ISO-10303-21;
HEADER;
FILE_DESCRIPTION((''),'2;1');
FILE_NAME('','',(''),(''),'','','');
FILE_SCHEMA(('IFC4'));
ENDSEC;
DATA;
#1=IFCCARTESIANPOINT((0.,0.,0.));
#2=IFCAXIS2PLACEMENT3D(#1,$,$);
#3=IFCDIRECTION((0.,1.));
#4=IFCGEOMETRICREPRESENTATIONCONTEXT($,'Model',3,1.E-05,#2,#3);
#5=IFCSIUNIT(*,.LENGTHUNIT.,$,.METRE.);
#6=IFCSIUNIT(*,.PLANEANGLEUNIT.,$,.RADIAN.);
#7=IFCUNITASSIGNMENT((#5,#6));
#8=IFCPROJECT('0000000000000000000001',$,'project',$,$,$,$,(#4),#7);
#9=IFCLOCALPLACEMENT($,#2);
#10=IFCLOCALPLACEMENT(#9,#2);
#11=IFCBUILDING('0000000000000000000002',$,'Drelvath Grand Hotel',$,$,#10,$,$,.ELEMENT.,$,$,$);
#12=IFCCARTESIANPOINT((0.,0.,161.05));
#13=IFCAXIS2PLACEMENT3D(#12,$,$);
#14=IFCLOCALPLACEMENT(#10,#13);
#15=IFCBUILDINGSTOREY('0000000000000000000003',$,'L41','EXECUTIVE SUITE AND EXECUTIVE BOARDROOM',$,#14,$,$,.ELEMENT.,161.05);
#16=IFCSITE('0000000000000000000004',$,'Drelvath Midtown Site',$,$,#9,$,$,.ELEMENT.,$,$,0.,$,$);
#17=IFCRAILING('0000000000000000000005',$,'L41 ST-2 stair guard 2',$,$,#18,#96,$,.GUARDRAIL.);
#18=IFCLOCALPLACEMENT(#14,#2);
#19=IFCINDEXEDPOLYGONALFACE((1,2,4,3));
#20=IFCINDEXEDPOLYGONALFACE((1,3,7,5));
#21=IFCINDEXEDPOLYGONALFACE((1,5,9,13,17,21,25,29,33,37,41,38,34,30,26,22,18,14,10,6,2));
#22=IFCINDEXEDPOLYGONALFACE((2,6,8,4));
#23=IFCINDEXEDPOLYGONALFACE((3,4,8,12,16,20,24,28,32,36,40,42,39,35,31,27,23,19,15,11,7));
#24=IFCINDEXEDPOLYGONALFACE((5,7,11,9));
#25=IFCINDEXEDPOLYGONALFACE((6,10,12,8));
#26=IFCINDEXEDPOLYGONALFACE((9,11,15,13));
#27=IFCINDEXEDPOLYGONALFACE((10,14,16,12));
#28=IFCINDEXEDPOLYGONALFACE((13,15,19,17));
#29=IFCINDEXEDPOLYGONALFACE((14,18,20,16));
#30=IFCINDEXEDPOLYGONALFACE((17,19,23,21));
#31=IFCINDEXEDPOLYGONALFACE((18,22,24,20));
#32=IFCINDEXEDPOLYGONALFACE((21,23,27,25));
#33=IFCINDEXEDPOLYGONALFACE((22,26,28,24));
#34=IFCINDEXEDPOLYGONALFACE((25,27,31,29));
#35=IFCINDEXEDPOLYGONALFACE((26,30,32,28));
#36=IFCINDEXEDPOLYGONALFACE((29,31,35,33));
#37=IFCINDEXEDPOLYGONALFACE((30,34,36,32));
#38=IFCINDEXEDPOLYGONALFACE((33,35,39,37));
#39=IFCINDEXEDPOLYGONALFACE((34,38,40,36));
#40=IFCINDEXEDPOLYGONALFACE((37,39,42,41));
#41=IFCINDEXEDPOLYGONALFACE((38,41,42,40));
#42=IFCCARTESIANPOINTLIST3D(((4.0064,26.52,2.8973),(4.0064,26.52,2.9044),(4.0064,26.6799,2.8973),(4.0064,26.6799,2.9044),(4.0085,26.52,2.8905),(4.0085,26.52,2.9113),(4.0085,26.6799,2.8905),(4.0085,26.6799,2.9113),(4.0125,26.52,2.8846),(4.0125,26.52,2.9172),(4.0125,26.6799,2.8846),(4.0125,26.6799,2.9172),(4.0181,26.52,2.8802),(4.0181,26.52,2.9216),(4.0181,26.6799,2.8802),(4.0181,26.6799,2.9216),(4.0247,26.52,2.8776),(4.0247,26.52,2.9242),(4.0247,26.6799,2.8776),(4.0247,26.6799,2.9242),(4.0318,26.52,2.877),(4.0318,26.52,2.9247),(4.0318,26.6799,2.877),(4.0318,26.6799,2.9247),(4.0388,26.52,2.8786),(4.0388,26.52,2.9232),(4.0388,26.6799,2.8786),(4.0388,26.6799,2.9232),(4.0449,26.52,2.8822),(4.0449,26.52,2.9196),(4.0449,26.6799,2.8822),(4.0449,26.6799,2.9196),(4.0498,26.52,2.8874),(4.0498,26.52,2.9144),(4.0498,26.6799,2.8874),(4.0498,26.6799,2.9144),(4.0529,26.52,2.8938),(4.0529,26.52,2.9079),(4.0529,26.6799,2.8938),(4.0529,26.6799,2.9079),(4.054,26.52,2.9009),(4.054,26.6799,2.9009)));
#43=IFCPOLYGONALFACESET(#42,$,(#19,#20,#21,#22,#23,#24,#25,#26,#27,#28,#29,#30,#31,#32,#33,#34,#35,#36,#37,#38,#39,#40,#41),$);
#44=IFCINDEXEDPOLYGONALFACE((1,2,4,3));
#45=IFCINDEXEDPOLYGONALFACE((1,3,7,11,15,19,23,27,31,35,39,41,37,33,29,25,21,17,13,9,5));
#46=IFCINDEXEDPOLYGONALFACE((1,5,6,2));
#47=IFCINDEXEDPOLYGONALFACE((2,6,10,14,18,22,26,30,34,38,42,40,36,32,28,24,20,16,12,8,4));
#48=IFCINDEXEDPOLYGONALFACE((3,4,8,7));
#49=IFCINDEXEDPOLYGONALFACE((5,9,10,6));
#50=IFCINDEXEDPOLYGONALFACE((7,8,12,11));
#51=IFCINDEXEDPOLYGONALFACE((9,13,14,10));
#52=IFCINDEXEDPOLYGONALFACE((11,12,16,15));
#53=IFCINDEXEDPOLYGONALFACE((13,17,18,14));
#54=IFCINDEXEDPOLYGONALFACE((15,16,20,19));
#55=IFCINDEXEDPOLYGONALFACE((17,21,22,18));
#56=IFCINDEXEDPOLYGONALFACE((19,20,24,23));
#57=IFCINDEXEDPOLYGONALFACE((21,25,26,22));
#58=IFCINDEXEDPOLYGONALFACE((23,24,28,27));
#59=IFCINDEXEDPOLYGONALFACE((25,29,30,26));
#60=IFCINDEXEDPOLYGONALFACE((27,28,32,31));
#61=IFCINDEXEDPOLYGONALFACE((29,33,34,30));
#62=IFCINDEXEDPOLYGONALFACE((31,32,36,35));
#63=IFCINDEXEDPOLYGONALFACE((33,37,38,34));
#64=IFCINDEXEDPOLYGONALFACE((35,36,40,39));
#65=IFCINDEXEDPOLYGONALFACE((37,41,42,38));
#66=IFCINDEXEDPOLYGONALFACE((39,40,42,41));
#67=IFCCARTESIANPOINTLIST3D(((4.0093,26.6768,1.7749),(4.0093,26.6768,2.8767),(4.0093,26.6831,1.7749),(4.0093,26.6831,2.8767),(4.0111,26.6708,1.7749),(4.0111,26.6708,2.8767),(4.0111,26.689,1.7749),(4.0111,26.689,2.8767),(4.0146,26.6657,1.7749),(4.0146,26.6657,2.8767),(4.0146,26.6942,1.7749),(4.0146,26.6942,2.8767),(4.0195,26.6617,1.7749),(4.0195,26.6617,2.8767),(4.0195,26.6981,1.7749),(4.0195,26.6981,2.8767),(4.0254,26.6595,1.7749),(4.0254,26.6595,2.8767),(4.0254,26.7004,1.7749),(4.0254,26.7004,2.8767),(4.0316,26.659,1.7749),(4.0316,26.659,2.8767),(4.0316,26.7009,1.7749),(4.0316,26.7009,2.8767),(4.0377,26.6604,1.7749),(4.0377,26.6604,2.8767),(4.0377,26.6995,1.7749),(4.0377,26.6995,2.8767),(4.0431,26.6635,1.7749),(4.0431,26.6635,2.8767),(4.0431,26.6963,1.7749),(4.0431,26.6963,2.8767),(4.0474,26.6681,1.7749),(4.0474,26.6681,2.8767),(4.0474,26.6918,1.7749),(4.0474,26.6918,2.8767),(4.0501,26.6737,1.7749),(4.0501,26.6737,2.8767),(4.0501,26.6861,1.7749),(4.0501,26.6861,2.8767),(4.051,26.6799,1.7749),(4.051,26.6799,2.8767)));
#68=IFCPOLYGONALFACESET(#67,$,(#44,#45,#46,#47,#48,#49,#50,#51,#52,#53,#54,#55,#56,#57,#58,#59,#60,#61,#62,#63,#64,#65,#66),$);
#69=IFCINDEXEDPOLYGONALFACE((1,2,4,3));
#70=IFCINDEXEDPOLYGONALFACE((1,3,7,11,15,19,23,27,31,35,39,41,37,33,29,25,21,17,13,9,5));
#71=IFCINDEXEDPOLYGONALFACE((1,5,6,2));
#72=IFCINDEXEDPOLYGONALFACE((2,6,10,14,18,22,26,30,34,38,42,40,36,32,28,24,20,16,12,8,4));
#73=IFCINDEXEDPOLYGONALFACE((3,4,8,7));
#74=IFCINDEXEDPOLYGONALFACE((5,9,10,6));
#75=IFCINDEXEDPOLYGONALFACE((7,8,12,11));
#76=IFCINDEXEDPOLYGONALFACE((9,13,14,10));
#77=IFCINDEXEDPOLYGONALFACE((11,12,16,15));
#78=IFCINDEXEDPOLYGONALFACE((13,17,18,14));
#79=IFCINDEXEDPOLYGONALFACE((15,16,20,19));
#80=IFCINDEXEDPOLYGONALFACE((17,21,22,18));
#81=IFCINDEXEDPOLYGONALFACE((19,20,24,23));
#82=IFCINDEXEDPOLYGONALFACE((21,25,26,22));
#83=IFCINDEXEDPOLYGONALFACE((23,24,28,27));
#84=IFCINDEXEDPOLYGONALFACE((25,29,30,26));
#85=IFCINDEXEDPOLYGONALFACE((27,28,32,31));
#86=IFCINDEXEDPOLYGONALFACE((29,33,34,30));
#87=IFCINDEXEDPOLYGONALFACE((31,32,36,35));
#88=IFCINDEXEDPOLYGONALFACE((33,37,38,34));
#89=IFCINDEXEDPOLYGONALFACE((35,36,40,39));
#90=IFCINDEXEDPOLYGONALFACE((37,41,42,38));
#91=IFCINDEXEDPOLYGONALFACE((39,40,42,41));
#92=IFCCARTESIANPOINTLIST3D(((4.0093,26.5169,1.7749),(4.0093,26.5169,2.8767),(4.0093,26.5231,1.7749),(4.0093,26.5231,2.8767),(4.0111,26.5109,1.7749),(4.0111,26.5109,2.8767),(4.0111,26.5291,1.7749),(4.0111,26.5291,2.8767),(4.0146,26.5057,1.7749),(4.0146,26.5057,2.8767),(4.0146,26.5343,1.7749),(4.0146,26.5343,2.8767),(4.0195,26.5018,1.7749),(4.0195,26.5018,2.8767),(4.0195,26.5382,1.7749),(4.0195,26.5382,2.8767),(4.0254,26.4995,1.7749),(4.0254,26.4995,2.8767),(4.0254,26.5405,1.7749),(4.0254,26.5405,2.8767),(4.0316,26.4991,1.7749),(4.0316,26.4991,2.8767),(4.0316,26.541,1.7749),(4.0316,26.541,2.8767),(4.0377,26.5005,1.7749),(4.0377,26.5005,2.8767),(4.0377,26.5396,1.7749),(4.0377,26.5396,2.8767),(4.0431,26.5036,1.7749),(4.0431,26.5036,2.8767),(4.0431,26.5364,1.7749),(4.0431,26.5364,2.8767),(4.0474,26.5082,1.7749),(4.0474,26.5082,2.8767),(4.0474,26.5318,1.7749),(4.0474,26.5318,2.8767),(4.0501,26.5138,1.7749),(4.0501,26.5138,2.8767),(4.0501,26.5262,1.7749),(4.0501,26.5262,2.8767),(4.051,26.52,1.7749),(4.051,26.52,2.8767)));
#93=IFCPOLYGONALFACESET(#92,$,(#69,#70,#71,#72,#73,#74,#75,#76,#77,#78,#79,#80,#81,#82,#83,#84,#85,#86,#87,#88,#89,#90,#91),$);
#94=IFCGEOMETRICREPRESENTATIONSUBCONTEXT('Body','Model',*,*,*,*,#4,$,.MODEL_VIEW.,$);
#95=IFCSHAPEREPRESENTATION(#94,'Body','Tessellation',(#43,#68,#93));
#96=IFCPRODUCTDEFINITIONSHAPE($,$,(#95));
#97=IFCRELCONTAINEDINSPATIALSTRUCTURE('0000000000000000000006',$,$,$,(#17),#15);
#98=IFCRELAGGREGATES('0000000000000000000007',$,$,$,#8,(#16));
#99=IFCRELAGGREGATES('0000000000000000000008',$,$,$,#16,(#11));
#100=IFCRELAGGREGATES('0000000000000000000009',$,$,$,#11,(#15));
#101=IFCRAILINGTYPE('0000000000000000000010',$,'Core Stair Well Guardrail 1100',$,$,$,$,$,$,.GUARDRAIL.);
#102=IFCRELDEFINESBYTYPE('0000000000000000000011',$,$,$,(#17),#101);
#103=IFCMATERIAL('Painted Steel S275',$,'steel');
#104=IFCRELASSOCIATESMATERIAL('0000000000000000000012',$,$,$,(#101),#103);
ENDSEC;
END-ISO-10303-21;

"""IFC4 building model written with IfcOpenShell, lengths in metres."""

from ifc_helpers import new_model, si_unit, direction, frame, origin, origin_2d, place, context, subcontext, project, spatial, circle, extrude, material, type_object, element, save


model = new_model("IFC4")

# Units and contexts
model_context = context("Model", 3, precision=1e-05, world=origin(), true_north=direction((0.0, 1.0)))
body_context = subcontext(model_context, "Body", "Model", "MODEL_VIEW")
ifc_project = project(units=[si_unit("LENGTHUNIT", "METRE"), si_unit("PLANEANGLEUNIT", "RADIAN")], contexts=[model_context])

# Site, building, storey
site_placement = place(None, origin())
site = spatial("IfcSite", under=ifc_project, at=site_placement, Name="Drelvath Midtown Site", CompositionType="ELEMENT", RefElevation=0.0)
building_placement = place(site_placement, origin())
building = spatial("IfcBuilding", under=site, at=building_placement, Name="Drelvath Grand Hotel", CompositionType="ELEMENT")
storey_placement = place(building_placement, frame((0.0, 0.0, 161.05)))
storey = spatial("IfcBuildingStorey", under=building, at=storey_placement, Name="L41", Description="EXECUTIVE SUITE AND EXECUTIVE BOARDROOM", CompositionType="ELEMENT", Elevation=161.05)

# Railing
ifc_material_1 = material(Name="Painted Steel S275", Category="steel")
railing_type_1 = type_object("IfcRailingType", Name="Core Stair Well Guardrail 1100", PredefinedType="GUARDRAIL", material=ifc_material_1)
railing_1_placement = place(storey_placement, frame((4.03, 26.6799, 1.7749)))
element("IfcRailing", 1, at=railing_1_placement, inside=storey, type_object=railing_type_1, Name="L41 ST-2 stair guard 2", PredefinedType="GUARDRAIL", context=body_context, shape_type="SweptSolid", body=[
    extrude(circle(Radius=0.0239, at=origin_2d()), frame((0.0, 0.0, 1.126), z_axis=(0.0, -1.0, 0.0), x_axis=(1.0, 0.0, 0.0)), (0.0, 0.0, 1.0), 0.1599),
    extrude(circle(Radius=0.021, at=origin_2d()), origin(), (0.0, 0.0, 1.0), 1.1018),
    extrude(circle(Radius=0.021, at=origin_2d()), frame((0.0, -0.1599, 0.0)), (0.0, 0.0, 1.0), 1.1018),
])

save(model, "model.ifc")
